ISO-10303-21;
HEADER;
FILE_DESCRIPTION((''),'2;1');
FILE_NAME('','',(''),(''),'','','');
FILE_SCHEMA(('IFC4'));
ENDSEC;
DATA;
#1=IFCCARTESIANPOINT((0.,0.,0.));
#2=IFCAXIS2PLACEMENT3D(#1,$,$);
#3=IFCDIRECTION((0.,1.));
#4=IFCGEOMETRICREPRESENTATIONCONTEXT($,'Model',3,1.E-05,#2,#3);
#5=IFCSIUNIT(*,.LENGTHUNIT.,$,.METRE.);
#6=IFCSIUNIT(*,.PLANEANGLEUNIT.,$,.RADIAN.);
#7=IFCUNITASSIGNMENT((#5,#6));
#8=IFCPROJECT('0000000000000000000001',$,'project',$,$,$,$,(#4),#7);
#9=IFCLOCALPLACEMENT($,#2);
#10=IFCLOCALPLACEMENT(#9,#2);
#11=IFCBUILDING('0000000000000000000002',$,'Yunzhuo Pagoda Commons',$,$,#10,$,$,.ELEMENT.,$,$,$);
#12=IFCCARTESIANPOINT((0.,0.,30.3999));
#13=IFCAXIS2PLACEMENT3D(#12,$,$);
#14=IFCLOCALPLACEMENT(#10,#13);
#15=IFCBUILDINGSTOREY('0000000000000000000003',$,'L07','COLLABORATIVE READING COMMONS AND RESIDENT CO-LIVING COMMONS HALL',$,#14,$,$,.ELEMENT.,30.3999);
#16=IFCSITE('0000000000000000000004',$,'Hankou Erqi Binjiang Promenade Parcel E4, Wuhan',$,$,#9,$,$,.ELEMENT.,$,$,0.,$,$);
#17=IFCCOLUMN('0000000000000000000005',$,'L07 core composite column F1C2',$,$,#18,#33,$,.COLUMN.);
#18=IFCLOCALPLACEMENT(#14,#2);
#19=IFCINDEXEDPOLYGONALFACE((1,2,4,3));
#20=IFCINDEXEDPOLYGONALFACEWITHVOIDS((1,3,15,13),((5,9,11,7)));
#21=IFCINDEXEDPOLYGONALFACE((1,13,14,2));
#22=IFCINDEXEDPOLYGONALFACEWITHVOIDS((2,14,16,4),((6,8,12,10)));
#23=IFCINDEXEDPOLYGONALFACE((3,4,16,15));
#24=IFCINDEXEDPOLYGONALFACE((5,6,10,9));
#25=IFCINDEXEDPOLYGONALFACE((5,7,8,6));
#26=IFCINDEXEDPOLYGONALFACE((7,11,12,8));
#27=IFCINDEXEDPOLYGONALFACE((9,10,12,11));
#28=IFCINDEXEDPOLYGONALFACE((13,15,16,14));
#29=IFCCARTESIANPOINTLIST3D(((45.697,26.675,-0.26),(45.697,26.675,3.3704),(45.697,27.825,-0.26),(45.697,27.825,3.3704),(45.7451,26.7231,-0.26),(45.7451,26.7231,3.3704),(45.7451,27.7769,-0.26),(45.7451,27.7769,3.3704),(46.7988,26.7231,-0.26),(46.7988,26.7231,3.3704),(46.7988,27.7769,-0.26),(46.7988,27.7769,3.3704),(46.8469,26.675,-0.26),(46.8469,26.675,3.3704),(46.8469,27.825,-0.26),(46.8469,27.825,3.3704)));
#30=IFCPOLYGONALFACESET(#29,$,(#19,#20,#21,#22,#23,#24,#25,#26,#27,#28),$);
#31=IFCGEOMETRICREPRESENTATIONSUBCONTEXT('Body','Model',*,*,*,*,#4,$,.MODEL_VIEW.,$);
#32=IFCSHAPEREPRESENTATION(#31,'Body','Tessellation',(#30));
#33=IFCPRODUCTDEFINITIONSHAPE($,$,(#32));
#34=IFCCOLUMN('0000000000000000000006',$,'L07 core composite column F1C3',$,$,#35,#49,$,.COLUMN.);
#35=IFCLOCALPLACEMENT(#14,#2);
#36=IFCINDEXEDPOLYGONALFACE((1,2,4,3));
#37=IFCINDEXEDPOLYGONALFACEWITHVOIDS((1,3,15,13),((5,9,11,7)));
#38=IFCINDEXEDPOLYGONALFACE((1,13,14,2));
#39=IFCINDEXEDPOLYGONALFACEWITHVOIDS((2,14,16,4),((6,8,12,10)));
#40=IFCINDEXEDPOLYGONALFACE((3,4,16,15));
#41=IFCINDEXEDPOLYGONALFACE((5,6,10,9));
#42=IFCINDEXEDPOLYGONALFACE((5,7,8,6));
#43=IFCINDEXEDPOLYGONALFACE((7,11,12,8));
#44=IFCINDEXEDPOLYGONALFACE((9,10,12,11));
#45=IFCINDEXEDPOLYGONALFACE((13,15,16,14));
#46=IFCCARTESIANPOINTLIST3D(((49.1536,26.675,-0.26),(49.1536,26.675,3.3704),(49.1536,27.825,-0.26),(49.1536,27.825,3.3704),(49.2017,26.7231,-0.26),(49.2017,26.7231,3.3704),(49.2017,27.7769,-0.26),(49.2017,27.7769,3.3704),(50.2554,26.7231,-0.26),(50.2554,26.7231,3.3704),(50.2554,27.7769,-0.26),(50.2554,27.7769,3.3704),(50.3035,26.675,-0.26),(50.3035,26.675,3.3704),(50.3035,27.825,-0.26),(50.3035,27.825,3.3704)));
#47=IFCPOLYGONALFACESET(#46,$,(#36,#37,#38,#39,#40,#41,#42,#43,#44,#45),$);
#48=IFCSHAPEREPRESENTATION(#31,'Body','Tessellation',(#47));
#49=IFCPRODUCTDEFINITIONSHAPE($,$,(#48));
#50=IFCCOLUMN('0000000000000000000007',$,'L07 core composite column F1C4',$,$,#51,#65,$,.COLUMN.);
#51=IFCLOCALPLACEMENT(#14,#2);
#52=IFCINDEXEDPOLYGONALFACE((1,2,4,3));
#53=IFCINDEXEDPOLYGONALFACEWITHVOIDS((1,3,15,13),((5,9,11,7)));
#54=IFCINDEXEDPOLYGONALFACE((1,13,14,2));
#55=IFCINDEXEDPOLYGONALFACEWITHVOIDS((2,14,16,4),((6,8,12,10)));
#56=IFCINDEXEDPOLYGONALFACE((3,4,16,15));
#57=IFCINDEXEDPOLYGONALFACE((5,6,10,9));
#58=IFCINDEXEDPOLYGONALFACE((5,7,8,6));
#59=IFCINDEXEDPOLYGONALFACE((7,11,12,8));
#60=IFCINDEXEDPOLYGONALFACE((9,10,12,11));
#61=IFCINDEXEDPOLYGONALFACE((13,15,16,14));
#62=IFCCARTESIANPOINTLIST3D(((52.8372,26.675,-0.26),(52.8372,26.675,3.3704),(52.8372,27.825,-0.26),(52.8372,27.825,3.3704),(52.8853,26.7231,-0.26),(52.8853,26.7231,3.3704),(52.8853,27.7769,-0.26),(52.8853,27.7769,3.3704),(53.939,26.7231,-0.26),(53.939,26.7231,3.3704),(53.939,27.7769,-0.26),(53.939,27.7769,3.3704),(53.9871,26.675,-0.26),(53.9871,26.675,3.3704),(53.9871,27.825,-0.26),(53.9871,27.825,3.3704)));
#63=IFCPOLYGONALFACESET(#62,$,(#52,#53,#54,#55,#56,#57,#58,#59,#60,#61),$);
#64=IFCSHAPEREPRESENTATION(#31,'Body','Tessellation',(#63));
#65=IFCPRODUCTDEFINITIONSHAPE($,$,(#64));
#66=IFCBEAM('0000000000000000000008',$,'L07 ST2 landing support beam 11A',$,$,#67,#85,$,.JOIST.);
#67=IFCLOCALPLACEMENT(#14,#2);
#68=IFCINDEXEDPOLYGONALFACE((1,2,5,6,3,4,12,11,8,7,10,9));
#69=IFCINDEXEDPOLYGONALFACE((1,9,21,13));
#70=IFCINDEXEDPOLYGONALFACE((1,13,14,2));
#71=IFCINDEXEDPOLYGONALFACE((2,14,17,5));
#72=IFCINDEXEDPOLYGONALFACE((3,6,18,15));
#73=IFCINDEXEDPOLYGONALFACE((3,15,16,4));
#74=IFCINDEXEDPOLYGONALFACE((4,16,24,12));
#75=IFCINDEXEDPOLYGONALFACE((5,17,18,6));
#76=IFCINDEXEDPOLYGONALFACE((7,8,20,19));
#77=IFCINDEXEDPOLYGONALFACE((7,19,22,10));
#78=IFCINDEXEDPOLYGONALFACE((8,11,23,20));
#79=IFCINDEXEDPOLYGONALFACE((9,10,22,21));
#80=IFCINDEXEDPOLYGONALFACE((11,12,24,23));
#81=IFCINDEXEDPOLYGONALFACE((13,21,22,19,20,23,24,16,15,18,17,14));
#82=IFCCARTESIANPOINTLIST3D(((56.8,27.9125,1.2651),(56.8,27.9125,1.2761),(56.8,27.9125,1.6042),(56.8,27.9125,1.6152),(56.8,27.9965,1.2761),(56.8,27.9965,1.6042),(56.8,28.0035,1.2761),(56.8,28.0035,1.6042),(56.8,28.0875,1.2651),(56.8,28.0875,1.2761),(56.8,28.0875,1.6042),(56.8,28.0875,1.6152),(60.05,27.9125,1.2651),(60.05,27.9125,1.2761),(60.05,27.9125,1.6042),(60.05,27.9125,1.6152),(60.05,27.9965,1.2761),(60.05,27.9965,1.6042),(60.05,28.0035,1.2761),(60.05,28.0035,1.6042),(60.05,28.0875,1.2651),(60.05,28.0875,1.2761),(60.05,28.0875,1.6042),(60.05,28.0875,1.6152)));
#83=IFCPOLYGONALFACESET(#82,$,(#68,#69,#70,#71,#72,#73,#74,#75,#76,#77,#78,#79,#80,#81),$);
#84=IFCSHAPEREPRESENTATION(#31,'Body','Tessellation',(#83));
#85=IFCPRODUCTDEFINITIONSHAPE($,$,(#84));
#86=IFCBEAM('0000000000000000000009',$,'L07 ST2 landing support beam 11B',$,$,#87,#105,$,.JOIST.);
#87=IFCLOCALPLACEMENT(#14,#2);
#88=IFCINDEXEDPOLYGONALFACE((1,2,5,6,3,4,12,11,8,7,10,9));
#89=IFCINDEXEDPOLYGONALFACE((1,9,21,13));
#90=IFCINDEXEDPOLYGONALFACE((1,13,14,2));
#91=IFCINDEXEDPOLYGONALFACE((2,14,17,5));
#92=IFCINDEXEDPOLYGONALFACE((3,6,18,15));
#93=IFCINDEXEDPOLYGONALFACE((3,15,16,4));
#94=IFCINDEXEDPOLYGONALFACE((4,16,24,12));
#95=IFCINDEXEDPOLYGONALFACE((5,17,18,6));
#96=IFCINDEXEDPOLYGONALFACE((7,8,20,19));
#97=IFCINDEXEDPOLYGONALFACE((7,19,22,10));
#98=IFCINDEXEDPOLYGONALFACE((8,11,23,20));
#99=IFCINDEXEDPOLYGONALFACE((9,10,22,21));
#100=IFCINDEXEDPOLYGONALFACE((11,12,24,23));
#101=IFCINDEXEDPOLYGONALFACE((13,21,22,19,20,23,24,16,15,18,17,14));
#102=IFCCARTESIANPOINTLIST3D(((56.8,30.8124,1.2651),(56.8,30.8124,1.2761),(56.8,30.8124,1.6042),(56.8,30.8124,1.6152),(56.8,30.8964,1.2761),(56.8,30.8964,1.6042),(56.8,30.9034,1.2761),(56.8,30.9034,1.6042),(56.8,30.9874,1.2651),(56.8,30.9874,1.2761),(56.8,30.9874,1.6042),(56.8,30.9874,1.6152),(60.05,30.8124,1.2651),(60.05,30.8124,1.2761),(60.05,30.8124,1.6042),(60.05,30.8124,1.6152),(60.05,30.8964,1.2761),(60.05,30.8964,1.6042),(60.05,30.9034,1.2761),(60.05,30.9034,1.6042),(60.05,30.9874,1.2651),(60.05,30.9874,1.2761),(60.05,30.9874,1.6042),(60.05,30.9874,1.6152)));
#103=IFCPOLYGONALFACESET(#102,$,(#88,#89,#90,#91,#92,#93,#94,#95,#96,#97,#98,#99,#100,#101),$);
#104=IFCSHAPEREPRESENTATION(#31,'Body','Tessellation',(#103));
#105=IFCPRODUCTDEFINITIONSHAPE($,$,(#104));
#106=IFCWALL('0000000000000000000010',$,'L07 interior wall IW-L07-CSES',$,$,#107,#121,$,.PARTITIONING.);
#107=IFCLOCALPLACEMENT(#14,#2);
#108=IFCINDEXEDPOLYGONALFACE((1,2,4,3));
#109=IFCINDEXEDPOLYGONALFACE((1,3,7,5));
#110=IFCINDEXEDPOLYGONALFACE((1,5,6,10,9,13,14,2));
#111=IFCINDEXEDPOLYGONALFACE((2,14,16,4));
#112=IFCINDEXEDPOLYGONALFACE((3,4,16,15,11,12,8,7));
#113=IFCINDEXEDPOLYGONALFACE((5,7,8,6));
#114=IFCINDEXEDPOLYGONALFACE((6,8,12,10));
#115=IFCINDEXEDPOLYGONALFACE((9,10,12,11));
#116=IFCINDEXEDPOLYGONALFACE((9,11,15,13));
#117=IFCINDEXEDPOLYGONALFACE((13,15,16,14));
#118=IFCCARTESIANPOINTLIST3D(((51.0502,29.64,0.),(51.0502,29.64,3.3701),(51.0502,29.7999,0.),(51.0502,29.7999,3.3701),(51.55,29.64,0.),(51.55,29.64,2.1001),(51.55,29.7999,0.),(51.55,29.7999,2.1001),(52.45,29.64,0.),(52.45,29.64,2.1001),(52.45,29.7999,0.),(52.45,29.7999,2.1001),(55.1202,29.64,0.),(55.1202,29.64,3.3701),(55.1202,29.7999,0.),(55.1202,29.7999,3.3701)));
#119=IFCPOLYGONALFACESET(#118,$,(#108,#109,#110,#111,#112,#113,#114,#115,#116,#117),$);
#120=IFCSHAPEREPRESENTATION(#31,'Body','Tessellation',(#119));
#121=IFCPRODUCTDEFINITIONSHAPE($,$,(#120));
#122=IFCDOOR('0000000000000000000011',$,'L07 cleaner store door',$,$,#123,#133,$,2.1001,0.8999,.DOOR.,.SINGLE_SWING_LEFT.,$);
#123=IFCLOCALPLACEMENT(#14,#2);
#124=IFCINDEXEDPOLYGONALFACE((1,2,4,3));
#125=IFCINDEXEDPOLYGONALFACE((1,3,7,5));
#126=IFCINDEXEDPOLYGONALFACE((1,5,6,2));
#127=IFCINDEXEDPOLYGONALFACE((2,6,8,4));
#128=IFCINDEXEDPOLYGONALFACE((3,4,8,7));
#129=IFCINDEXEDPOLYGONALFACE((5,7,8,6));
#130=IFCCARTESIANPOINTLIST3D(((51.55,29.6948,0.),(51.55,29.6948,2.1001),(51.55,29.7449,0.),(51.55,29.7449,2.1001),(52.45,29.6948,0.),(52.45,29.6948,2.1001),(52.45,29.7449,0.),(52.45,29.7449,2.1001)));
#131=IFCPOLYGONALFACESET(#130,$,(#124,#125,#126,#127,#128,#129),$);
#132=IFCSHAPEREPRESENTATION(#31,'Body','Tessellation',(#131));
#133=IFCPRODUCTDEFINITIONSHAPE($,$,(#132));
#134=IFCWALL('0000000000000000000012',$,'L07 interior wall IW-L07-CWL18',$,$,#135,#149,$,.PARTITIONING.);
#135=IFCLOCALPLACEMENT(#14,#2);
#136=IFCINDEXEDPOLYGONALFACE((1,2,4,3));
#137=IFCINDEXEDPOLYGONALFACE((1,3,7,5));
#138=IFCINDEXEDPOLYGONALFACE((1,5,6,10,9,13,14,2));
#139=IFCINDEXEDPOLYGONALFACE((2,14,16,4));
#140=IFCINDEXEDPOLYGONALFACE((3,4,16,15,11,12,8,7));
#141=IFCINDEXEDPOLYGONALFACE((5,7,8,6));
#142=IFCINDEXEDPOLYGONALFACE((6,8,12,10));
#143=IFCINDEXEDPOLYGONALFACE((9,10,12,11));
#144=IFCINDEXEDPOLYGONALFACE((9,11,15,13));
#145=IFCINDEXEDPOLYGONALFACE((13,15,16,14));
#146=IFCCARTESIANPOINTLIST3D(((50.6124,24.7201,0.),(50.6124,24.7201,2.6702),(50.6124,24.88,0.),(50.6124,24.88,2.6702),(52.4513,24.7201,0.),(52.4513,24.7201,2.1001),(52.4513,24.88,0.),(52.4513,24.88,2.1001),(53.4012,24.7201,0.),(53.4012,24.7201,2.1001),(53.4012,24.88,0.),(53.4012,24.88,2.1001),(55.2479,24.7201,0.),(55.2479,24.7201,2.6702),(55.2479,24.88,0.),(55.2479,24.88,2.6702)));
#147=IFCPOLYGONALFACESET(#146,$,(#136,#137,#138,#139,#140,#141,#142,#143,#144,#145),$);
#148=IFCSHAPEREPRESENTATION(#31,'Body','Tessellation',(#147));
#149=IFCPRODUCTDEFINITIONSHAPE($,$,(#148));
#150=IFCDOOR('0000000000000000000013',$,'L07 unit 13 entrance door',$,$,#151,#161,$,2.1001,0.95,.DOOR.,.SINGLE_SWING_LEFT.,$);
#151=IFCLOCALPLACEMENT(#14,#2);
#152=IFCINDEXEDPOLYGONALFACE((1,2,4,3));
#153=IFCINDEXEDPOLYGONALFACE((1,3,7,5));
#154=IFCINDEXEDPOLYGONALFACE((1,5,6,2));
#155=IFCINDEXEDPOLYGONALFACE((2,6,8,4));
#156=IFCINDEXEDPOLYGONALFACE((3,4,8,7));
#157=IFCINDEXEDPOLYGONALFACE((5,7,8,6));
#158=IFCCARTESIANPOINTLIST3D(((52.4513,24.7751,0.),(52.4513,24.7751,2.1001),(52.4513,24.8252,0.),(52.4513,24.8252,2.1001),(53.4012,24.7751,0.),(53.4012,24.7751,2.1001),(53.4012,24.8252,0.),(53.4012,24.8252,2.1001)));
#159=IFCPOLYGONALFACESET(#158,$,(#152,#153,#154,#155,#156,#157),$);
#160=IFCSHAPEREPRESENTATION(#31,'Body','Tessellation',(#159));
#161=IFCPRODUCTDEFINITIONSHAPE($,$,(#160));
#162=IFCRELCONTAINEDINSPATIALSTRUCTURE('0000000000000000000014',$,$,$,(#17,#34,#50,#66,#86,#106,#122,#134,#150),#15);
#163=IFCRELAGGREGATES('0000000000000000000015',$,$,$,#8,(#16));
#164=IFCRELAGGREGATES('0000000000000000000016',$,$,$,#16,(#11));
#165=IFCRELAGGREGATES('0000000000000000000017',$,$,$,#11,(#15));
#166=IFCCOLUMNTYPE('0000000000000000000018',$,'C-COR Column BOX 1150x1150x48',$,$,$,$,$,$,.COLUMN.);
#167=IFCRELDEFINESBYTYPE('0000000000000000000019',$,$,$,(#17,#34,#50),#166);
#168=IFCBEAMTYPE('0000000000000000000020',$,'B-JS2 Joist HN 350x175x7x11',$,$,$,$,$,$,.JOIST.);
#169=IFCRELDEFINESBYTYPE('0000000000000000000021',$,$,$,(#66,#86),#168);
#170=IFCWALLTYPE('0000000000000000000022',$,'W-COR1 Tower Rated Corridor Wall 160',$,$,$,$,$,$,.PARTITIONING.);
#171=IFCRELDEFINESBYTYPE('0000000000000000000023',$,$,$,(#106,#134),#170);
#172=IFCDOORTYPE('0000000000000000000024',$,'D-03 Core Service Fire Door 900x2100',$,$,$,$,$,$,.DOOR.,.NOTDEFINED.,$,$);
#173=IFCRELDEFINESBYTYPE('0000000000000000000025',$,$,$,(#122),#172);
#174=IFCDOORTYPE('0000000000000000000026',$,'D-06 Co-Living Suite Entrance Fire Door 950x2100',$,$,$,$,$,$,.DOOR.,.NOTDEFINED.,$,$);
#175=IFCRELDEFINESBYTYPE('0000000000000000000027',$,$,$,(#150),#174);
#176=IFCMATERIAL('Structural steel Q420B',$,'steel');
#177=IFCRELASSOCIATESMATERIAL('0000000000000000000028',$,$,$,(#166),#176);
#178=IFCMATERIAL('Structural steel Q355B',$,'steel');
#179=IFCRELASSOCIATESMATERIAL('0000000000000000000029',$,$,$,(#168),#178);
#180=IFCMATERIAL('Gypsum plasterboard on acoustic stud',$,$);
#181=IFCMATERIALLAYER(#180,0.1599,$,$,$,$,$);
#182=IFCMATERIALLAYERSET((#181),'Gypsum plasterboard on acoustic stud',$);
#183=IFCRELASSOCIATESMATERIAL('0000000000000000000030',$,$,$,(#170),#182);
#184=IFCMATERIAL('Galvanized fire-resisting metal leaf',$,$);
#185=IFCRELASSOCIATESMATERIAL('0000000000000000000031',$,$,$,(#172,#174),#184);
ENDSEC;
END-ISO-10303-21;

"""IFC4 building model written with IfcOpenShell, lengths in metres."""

from ifc_helpers import new_model, si_unit, direction, frame, frame_2d, origin, origin_with_axes, origin_2d, place, context, subcontext, project, spatial, rectangle, hollow_rectangle, i_section, extrude, source, transform, mapped, material, layer, layer_set, material_profile, profile_set, type_object, element, fill, save


model = new_model("IFC4")

# Units and contexts
model_context = context("Model", 3, precision=1e-05, world=origin(), true_north=direction((0.0, 1.0)))
body_context = subcontext(model_context, "Body", "Model", "MODEL_VIEW")
ifc_project = project(units=[si_unit("LENGTHUNIT", "METRE"), si_unit("PLANEANGLEUNIT", "RADIAN")], contexts=[model_context])

# Site, building, storey
site_placement = place(None, origin())
site = spatial("IfcSite", under=ifc_project, at=site_placement, Name="Hankou Erqi Binjiang Promenade Parcel E4, Wuhan", CompositionType="ELEMENT", RefElevation=0.0)
building_placement = place(site_placement, origin())
building = spatial("IfcBuilding", under=site, at=building_placement, Name="Yunzhuo Pagoda Commons", CompositionType="ELEMENT")
storey_placement = place(building_placement, frame((0.0, 0.0, 30.3999)))
storey = spatial("IfcBuildingStorey", under=building, at=storey_placement, Name="L07", Description="COLLABORATIVE READING COMMONS AND RESIDENT CO-LIVING COMMONS HALL", CompositionType="ELEMENT", Elevation=30.3999)

# Columns
ifc_material_1 = material(Name="Structural steel Q420B", Category="steel")
ifc_material_profile_1 = material_profile(ifc_material_1, hollow_rectangle(XDim=1.1499, YDim=1.1499, WallThickness=0.0481, at=origin_2d()), Name="Structural steel Q420B")
ifc_profile_set_1 = profile_set([ifc_material_profile_1], Name="Structural steel Q420B")
column_type = type_object("IfcColumnType", Name="C-COR Column BOX 1150x1150x48", PredefinedType="COLUMN", material=ifc_profile_set_1)
shared_shape_1 = source(origin(), body_context, "Body", "SweptSolid", [
    extrude(hollow_rectangle(XDim=1.1499, YDim=1.1499, WallThickness=0.0481, at=origin_2d()), origin(), (0.0, 0.0, 1.0), 3.6304),
])
for number, where, z_axis, x_axis, name in (
    (1, (46.272, 27.25, -0.26), (0.0, 0.0, 1.0), (1.0, 0.0, 0.0), "L07 core composite column F1C2"),
    (2, (49.7285, 27.25, -0.26), (0.0, 0.0, 1.0), (1.0, 0.0, 0.0), "L07 core composite column F1C3"),
    (3, (53.4121, 27.25, -0.26), (0.0, 0.0, 1.0), (1.0, 0.0, 0.0), "L07 core composite column F1C4"),
):
    element("IfcColumn", number, at=place(storey_placement, frame(where, z_axis=z_axis, x_axis=x_axis)), inside=storey, type_object=column_type, Name=name, PredefinedType="COLUMN", context=body_context, shape_type="MappedRepresentation", body=[
        mapped(shared_shape_1, transform((0.0, 0.0, 0.0), scale=1.0)),
    ])

# Beams
ifc_material_2 = material(Name="Structural steel Q355B", Category="steel")
ifc_material_profile_2 = material_profile(ifc_material_2, i_section(OverallWidth=0.175, OverallDepth=0.3501, WebThickness=0.0071, FlangeThickness=0.011, at=origin_2d()), Name="Structural steel Q355B")
ifc_profile_set_2 = profile_set([ifc_material_profile_2], Name="Structural steel Q355B")
beam_type = type_object("IfcBeamType", Name="B-JS2 Joist HN 350x175x7x11", PredefinedType="JOIST", material=ifc_profile_set_2)
shared_shape_2 = source(origin(), body_context, "Body", "SweptSolid", [
    extrude(i_section(OverallWidth=0.175, OverallDepth=0.3501, WebThickness=0.0071, FlangeThickness=0.011, at=origin_2d()), origin(), (0.0, 0.0, 1.0), 3.25),
])
for number, where, z_axis, x_axis, name in (
    (4, (56.8, 28.0, 1.4402), (1.0, 0.0, 0.0), (0.0, 1.0, 0.0), "L07 ST2 landing support beam 11A"),
    (5, (56.8, 30.8999, 1.4402), (1.0, 0.0, 0.0), (0.0, 1.0, 0.0), "L07 ST2 landing support beam 11B"),
):
    element("IfcBeam", number, at=place(storey_placement, frame(where, z_axis=z_axis, x_axis=x_axis)), inside=storey, type_object=beam_type, Name=name, PredefinedType="JOIST", context=body_context, shape_type="MappedRepresentation", body=[
        mapped(shared_shape_2, transform((0.0, 0.0, 0.0), scale=1.0)),
    ])

# Walls, openings, doors
ifc_material_3 = material(Name="Gypsum plasterboard on acoustic stud")
ifc_layer_1 = layer(ifc_material_3, 0.1599)
ifc_layer_set_1 = layer_set([ifc_layer_1], Name="Gypsum plasterboard on acoustic stud")
wall_type_1 = type_object("IfcWallType", Name="W-COR1 Tower Rated Corridor Wall 160", PredefinedType="PARTITIONING", material=ifc_layer_set_1)
wall_1_placement = place(storey_placement, frame((51.05, 29.72, 0.0), z_axis=(0.0, 0.0, 1.0), x_axis=(1.0, 0.0, 0.0)))
wall_1 = element("IfcWall", 6, at=wall_1_placement, inside=storey, type_object=wall_type_1, Name="L07 interior wall IW-L07-CSES", PredefinedType="PARTITIONING", context=body_context, shape_type="SweptSolid", body=[
    extrude(rectangle(XDim=4.0701, YDim=0.1599, at=frame_2d((2.0352, 0.0))), origin(), (0.0, 0.0, 1.0), 3.3701),
])
opening_1_placement = place(wall_1_placement, frame((0.5, 0.0, 0.0)))
opening_1 = element("IfcOpeningElement", 7, at=opening_1_placement, cuts=wall_1, PredefinedType="OPENING", context=body_context, shape_type="SweptSolid", body=[
    extrude(rectangle(XDim=0.8999, YDim=2.1001, at=frame_2d((0.45, 1.05))), frame((0.0, 0.0898, 0.0), z_axis=(0.0, -1.0, 0.0), x_axis=(1.0, 0.0, 0.0)), (0.0, 0.0, 1.0), 0.1799),
])
ifc_material_4 = material(Name="Galvanized fire-resisting metal leaf")
door_type_1 = type_object("IfcDoorType", Name="D-03 Core Service Fire Door 900x2100", OperationType="NOTDEFINED", PredefinedType="DOOR", material=ifc_material_4)
shared_shape_3 = source(origin(), body_context, "Body", "SweptSolid", [
    extrude(rectangle(XDim=0.8999, YDim=2.1001, at=frame_2d((0.45, 1.05))), frame((0.0, 0.0249, 0.0), z_axis=(0.0, -1.0, 0.0), x_axis=(1.0, 0.0, 0.0)), (0.0, 0.0, 1.0), 0.05),
])
door_1_placement = place(opening_1_placement, origin_with_axes())
door_1 = element("IfcDoor", 8, at=door_1_placement, inside=storey, type_object=door_type_1, Name="L07 cleaner store door", OperationType="SINGLE_SWING_LEFT", OverallHeight=2.1001, OverallWidth=0.8999, PredefinedType="DOOR", context=body_context, shape_type="MappedRepresentation", body=[
    mapped(shared_shape_3, transform((0.0, 0.0, 0.0), scale=1.0)),
])
fill(opening_1, door_1)
wall_2_placement = place(storey_placement, frame((55.248, 24.8, 0.0), z_axis=(0.0, 0.0, 1.0), x_axis=(-1.0, 0.0, 0.0)))
wall_2 = element("IfcWall", 9, at=wall_2_placement, inside=storey, type_object=wall_type_1, Name="L07 interior wall IW-L07-CWL18", PredefinedType="PARTITIONING", context=body_context, shape_type="SweptSolid", body=[
    extrude(rectangle(XDim=4.6355, YDim=0.1599, at=frame_2d((2.3179, 0.0))), origin(), (0.0, 0.0, 1.0), 2.6702),
])
opening_2_placement = place(wall_2_placement, frame((1.8467, 0.0, 0.0)))
opening_2 = element("IfcOpeningElement", 10, at=opening_2_placement, cuts=wall_2, PredefinedType="OPENING", context=body_context, shape_type="SweptSolid", body=[
    extrude(rectangle(XDim=0.95, YDim=2.1001, at=frame_2d((0.4751, 1.05))), frame((0.0, 0.0898, 0.0), z_axis=(0.0, -1.0, 0.0), x_axis=(1.0, 0.0, 0.0)), (0.0, 0.0, 1.0), 0.1799),
])
door_type_2 = type_object("IfcDoorType", Name="D-06 Co-Living Suite Entrance Fire Door 950x2100", OperationType="NOTDEFINED", PredefinedType="DOOR", material=ifc_material_4)
shared_shape_4 = source(origin(), body_context, "Body", "SweptSolid", [
    extrude(rectangle(XDim=0.95, YDim=2.1001, at=frame_2d((0.4751, 1.05))), frame((0.0, 0.0249, 0.0), z_axis=(0.0, -1.0, 0.0), x_axis=(1.0, 0.0, 0.0)), (0.0, 0.0, 1.0), 0.05),
])
door_2_placement = place(opening_2_placement, origin_with_axes())
door_2 = element("IfcDoor", 11, at=door_2_placement, inside=storey, type_object=door_type_2, Name="L07 unit 13 entrance door", OperationType="SINGLE_SWING_LEFT", OverallHeight=2.1001, OverallWidth=0.95, PredefinedType="DOOR", context=body_context, shape_type="MappedRepresentation", body=[
    mapped(shared_shape_4, transform((0.0, 0.0, 0.0), scale=1.0)),
])
fill(opening_2, door_2)

save(model, "model.ifc")
